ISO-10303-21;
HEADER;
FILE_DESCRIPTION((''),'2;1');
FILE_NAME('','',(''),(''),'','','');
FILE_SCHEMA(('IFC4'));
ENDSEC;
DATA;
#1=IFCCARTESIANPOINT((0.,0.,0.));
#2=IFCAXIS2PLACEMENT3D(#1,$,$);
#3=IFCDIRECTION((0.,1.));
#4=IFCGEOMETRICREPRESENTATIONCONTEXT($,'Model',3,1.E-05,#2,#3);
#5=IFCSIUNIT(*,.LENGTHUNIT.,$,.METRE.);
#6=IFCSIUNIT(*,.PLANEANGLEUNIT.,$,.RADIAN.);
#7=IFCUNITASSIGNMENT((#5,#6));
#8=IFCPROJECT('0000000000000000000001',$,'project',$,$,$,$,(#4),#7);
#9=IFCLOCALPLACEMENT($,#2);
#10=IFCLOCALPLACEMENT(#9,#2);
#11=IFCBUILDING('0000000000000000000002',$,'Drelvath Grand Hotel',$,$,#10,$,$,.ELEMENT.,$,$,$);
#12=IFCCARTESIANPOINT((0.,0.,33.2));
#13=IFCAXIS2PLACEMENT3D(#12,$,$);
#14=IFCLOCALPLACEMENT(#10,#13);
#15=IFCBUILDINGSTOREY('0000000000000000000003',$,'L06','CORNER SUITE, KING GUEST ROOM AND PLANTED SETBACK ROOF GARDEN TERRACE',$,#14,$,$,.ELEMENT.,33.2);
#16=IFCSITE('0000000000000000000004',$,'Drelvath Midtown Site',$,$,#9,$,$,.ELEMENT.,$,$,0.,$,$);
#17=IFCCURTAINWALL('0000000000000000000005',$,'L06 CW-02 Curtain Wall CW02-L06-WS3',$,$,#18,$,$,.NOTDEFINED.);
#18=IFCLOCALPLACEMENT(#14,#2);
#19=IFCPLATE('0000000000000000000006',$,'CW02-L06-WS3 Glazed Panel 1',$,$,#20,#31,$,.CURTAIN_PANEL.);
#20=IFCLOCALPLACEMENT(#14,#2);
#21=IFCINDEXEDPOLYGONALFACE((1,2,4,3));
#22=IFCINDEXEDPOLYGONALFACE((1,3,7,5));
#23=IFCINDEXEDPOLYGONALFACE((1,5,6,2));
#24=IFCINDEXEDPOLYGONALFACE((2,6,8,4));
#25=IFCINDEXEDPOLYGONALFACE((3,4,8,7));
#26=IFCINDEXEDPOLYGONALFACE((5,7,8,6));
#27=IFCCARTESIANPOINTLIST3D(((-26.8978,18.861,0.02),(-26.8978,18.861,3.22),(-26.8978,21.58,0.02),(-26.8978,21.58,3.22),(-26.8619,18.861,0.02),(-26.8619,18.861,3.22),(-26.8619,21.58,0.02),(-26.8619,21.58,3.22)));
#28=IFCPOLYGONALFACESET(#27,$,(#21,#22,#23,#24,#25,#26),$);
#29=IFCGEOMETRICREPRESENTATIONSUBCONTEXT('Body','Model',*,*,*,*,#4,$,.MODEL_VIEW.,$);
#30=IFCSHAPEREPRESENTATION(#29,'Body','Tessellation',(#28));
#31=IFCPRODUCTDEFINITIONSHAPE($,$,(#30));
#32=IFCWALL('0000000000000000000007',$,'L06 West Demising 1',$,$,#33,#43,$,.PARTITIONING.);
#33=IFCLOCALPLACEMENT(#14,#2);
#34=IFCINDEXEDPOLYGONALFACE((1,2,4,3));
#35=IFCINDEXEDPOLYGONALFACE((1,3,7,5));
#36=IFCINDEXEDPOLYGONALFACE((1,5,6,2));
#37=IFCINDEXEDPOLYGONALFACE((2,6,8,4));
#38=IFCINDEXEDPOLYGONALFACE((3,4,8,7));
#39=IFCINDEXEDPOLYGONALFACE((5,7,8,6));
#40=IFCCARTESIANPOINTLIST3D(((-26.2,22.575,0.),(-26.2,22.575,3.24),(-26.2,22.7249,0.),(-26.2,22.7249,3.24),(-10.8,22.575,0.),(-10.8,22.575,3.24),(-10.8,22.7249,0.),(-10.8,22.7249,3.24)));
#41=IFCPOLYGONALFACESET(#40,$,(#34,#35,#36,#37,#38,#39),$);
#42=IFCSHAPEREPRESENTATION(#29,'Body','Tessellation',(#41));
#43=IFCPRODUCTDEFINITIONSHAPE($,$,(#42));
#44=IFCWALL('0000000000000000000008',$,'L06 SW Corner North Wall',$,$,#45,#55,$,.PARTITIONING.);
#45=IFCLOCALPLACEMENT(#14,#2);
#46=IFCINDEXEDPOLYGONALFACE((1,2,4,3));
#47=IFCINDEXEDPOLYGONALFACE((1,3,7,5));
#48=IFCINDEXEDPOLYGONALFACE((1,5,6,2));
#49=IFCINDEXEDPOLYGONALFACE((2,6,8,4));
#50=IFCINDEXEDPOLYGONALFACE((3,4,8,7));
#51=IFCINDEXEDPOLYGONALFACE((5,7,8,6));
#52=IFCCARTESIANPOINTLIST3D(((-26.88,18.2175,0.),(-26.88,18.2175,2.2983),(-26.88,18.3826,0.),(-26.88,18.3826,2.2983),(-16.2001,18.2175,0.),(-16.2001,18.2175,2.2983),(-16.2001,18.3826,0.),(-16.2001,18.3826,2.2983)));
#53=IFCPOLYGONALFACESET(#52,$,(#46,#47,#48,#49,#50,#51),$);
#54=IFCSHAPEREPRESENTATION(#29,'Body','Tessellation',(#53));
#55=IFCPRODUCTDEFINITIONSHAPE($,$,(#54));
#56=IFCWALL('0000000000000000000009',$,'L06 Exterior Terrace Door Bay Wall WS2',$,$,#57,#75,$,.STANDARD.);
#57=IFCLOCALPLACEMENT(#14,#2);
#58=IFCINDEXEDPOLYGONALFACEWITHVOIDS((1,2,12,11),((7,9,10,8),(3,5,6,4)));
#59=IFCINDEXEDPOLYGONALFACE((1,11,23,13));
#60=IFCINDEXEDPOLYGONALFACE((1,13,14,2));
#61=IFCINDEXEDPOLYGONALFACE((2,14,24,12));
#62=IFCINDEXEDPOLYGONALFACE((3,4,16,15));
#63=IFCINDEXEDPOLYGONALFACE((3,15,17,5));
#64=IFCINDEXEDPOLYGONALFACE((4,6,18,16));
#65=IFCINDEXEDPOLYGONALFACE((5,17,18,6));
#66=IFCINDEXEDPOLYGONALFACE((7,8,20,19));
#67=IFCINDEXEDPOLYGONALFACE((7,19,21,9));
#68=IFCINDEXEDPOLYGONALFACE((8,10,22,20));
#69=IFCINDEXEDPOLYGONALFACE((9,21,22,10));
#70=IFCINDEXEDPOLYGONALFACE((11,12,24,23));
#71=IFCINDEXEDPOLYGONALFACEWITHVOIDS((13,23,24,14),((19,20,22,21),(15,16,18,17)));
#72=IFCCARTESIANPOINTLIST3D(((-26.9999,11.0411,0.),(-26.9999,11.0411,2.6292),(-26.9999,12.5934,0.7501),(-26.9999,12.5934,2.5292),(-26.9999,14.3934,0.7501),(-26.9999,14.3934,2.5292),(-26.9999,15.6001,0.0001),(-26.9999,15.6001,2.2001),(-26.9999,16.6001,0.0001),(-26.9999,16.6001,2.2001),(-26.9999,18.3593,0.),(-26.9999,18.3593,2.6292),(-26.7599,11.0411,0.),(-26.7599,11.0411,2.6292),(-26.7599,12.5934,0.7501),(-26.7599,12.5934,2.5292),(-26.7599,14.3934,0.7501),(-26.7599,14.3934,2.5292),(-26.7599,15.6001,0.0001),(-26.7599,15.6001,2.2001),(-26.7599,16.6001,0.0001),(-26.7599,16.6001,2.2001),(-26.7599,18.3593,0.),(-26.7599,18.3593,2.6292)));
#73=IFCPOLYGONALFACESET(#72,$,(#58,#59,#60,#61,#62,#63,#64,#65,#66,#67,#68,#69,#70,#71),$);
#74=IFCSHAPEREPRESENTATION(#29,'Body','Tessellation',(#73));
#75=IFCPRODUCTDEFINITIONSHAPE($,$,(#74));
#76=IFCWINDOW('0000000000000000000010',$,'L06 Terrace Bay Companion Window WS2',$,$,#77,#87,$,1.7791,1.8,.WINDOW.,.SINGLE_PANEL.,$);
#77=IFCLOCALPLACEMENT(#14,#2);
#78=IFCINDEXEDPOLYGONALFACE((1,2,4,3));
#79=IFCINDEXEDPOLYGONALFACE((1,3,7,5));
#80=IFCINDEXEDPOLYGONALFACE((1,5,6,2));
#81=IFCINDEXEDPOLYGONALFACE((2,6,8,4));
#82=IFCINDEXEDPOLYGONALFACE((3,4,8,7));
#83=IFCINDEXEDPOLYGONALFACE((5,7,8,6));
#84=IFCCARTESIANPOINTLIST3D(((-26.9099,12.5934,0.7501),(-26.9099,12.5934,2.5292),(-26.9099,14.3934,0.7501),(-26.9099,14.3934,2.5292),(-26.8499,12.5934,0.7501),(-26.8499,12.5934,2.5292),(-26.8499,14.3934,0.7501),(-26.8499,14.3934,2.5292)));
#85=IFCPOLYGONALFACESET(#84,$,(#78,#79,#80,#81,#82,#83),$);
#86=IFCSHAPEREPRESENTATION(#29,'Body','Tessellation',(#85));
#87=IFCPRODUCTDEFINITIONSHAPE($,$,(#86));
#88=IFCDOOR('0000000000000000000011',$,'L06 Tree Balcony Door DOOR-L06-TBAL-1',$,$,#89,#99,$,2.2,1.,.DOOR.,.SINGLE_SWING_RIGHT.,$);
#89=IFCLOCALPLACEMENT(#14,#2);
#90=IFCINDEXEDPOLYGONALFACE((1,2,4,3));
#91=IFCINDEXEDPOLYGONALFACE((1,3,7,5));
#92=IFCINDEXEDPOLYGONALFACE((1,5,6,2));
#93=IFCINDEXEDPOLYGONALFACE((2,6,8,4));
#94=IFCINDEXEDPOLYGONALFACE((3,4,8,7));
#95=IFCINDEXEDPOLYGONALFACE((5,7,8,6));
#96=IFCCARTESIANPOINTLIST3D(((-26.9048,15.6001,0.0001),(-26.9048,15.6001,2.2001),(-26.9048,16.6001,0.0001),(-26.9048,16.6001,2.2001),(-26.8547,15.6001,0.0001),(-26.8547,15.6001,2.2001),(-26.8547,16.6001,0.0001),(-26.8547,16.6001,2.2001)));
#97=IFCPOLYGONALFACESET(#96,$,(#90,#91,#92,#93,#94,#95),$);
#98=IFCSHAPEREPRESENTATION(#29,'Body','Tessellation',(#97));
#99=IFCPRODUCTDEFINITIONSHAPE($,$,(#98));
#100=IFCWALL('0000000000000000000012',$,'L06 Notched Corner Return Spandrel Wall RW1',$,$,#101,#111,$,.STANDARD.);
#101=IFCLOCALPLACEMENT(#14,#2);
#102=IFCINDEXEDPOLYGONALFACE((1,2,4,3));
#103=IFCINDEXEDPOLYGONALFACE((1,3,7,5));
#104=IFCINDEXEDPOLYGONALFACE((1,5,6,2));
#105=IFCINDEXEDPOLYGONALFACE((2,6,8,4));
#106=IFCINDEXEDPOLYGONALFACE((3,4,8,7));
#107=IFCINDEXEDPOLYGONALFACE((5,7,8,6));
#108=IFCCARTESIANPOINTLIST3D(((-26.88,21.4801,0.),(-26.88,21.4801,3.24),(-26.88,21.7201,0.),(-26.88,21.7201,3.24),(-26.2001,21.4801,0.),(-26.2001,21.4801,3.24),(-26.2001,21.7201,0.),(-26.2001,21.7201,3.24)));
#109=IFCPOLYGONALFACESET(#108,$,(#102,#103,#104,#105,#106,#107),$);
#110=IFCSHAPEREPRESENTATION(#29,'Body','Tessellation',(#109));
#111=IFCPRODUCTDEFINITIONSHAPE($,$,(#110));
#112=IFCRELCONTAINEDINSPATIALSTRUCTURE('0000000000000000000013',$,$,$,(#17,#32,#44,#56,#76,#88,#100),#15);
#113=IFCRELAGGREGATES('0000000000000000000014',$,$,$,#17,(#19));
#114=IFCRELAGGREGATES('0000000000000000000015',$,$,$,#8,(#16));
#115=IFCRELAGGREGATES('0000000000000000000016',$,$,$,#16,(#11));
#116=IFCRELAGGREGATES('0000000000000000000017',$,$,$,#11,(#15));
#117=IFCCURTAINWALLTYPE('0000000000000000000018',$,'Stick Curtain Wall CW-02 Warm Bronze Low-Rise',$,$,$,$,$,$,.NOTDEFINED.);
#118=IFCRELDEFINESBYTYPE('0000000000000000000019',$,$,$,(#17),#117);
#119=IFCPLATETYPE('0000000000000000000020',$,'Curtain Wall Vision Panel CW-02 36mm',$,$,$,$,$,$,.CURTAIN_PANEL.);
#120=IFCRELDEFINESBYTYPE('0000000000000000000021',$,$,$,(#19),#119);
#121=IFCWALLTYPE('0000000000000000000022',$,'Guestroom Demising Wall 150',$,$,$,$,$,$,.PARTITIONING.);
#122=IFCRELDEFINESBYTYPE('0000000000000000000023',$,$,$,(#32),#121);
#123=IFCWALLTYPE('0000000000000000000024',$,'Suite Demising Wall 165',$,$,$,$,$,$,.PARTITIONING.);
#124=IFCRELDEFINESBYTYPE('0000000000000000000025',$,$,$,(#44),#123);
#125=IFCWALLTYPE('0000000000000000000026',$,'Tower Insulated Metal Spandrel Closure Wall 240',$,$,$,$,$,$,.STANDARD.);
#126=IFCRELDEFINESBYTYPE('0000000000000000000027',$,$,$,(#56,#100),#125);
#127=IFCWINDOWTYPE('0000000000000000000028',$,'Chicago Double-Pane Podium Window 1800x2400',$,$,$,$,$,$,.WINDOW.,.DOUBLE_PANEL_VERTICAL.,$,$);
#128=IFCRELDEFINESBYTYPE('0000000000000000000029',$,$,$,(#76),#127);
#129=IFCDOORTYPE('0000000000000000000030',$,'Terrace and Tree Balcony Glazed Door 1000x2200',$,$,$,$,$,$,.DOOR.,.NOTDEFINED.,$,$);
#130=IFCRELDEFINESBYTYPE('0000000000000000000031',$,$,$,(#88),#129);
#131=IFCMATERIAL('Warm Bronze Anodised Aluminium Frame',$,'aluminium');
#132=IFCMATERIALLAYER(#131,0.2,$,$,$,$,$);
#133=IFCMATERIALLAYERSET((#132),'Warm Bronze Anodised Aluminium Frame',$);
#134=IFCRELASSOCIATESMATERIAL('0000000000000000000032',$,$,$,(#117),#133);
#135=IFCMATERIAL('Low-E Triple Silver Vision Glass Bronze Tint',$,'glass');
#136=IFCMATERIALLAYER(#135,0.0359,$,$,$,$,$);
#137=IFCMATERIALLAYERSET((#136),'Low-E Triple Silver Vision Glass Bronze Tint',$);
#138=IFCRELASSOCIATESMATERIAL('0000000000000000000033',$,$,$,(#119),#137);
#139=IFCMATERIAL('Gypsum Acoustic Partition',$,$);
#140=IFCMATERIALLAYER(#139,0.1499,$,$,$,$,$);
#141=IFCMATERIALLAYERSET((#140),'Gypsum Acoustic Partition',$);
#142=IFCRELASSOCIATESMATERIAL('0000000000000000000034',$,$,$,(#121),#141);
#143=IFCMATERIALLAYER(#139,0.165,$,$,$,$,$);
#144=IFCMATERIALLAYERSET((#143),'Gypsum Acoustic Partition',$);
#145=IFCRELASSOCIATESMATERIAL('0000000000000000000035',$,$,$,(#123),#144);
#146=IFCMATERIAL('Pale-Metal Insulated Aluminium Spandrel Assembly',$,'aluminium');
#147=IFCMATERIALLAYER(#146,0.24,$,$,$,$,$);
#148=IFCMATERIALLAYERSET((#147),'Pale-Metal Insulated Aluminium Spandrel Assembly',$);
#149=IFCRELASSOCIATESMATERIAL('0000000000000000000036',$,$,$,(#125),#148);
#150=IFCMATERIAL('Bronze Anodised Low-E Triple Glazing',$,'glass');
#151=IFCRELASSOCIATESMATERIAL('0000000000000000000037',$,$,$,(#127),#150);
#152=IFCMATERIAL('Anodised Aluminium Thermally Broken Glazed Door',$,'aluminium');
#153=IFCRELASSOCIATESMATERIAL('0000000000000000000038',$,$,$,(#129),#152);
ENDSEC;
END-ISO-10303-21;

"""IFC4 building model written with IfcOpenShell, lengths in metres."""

from ifc_helpers import new_model, si_unit, direction, frame, frame_2d, origin, origin_2d, place, context, subcontext, project, spatial, rectangle, extrude, material, layer, layer_set, type_object, element, fill, aggregate, save


model = new_model("IFC4")

# Units and contexts
model_context = context("Model", 3, precision=1e-05, world=origin(), true_north=direction((0.0, 1.0)))
body_context = subcontext(model_context, "Body", "Model", "MODEL_VIEW")
ifc_project = project(units=[si_unit("LENGTHUNIT", "METRE"), si_unit("PLANEANGLEUNIT", "RADIAN")], contexts=[model_context])

# Site, building, storey
site_placement = place(None, origin())
site = spatial("IfcSite", under=ifc_project, at=site_placement, Name="Drelvath Midtown Site", CompositionType="ELEMENT", RefElevation=0.0)
building_placement = place(site_placement, origin())
building = spatial("IfcBuilding", under=site, at=building_placement, Name="Drelvath Grand Hotel", CompositionType="ELEMENT")
storey_placement = place(building_placement, frame((0.0, 0.0, 33.2)))
storey = spatial("IfcBuildingStorey", under=building, at=storey_placement, Name="L06", Description="CORNER SUITE, KING GUEST ROOM AND PLANTED SETBACK ROOF GARDEN TERRACE", CompositionType="ELEMENT", Elevation=33.2)

# Curtain wall
ifc_material_1 = material(Name="Warm Bronze Anodised Aluminium Frame", Category="aluminium")
ifc_layer_1 = layer(ifc_material_1, 0.2)
ifc_layer_set_1 = layer_set([ifc_layer_1], Name="Warm Bronze Anodised Aluminium Frame")
curtain_wall_type = type_object("IfcCurtainWallType", Name="Stick Curtain Wall CW-02 Warm Bronze Low-Rise", PredefinedType="NOTDEFINED", material=ifc_layer_set_1)
curtain_wall_1_placement = place(storey_placement, origin())
curtain_wall_1 = element("IfcCurtainWall", 1, at=curtain_wall_1_placement, inside=storey, type_object=curtain_wall_type, Name="L06 CW-02 Curtain Wall CW02-L06-WS3", PredefinedType="NOTDEFINED")

# Plate
ifc_material_2 = material(Name="Low-E Triple Silver Vision Glass Bronze Tint", Category="glass")
ifc_layer_2 = layer(ifc_material_2, 0.0359)
ifc_layer_set_2 = layer_set([ifc_layer_2], Name="Low-E Triple Silver Vision Glass Bronze Tint")
plate_type = type_object("IfcPlateType", Name="Curtain Wall Vision Panel CW-02 36mm", PredefinedType="CURTAIN_PANEL", material=ifc_layer_set_2)
plate_placement = place(storey_placement, frame((-26.8799, 20.2205, 0.02), z_axis=(0.0, 0.0, 1.0), x_axis=(0.0, 1.0, 0.0)))
plate = element("IfcPlate", 2, at=plate_placement, type_object=plate_type, Name="CW02-L06-WS3 Glazed Panel 1", PredefinedType="CURTAIN_PANEL", context=body_context, shape_type="SweptSolid", body=[
    extrude(rectangle(XDim=2.719, YDim=0.0359, at=origin_2d()), origin(), (0.0, 0.0, 1.0), 3.2),
])
aggregate(curtain_wall_1, [plate])

# Walls
ifc_material_3 = material(Name="Gypsum Acoustic Partition")
ifc_layer_3 = layer(ifc_material_3, 0.1499)
ifc_layer_set_3 = layer_set([ifc_layer_3], Name="Gypsum Acoustic Partition")
wall_type_1 = type_object("IfcWallType", Name="Guestroom Demising Wall 150", PredefinedType="PARTITIONING", material=ifc_layer_set_3)
wall_1_placement = place(storey_placement, frame((-26.2, 22.6499, 0.0), z_axis=(0.0, 0.0, 1.0), x_axis=(1.0, 0.0, 0.0)))
element("IfcWall", 3, at=wall_1_placement, inside=storey, type_object=wall_type_1, Name="L06 West Demising 1", PredefinedType="PARTITIONING", context=body_context, shape_type="SweptSolid", body=[
    extrude(rectangle(XDim=15.3999, YDim=0.1499, at=frame_2d((7.7, 0.0))), origin(), (0.0, 0.0, 1.0), 3.24),
])
ifc_layer_4 = layer(ifc_material_3, 0.165)
ifc_layer_set_4 = layer_set([ifc_layer_4], Name="Gypsum Acoustic Partition")
wall_type_2 = type_object("IfcWallType", Name="Suite Demising Wall 165", PredefinedType="PARTITIONING", material=ifc_layer_set_4)
wall_2_placement = place(storey_placement, frame((-26.8799, 18.3, 0.0), z_axis=(0.0, 0.0, 1.0), x_axis=(1.0, 0.0, 0.0)))
element("IfcWall", 4, at=wall_2_placement, inside=storey, type_object=wall_type_2, Name="L06 SW Corner North Wall", PredefinedType="PARTITIONING", context=body_context, shape_type="SweptSolid", body=[
    extrude(rectangle(XDim=10.6799, YDim=0.165, at=frame_2d((5.3398, 0.0))), origin(), (0.0, 0.0, 1.0), 2.2983),
])

# Wall, openings, window, door
ifc_material_4 = material(Name="Pale-Metal Insulated Aluminium Spandrel Assembly", Category="aluminium")
ifc_layer_5 = layer(ifc_material_4, 0.24)
ifc_layer_set_5 = layer_set([ifc_layer_5], Name="Pale-Metal Insulated Aluminium Spandrel Assembly")
wall_type_3 = type_object("IfcWallType", Name="Tower Insulated Metal Spandrel Closure Wall 240", PredefinedType="STANDARD", material=ifc_layer_set_5)
wall_3_placement = place(storey_placement, frame((-26.8799, 11.041, 0.0), z_axis=(0.0, 0.0, 1.0), x_axis=(0.0, 1.0, 0.0)))
wall_3 = element("IfcWall", 5, at=wall_3_placement, inside=storey, type_object=wall_type_3, Name="L06 Exterior Terrace Door Bay Wall WS2", PredefinedType="STANDARD", context=body_context, shape_type="SweptSolid", body=[
    extrude(rectangle(XDim=7.3181, YDim=0.24, at=frame_2d((3.6592, 0.0))), origin(), (0.0, 0.0, 1.0), 2.6292),
])
opening_1_placement = place(wall_3_placement, frame((4.5591, 0.0, 0.0)))
opening_1 = element("IfcOpeningElement", 6, at=opening_1_placement, cuts=wall_3, PredefinedType="OPENING", context=body_context, shape_type="SweptSolid", body=[
    extrude(rectangle(XDim=1.0, YDim=2.2, at=frame_2d((0.5, 1.1001))), frame((0.0, 0.1299, 0.0), z_axis=(0.0, -1.0, 0.0), x_axis=(1.0, 0.0, 0.0)), (0.0, 0.0, 1.0), 0.26),
])
opening_2_placement = place(wall_3_placement, frame((1.5525, 0.0, 0.75)))
opening_2 = element("IfcOpeningElement", 7, at=opening_2_placement, cuts=wall_3, PredefinedType="OPENING", context=body_context, shape_type="SweptSolid", body=[
    extrude(rectangle(XDim=1.8, YDim=1.7791, at=frame_2d((0.8999, 0.8896))), frame((0.0, 0.1299, 0.0), z_axis=(0.0, -1.0, 0.0), x_axis=(1.0, 0.0, 0.0)), (0.0, 0.0, 1.0), 0.26),
])
ifc_material_5 = material(Name="Bronze Anodised Low-E Triple Glazing", Category="glass")
window_type = type_object("IfcWindowType", Name="Chicago Double-Pane Podium Window 1800x2400", PartitioningType="DOUBLE_PANEL_VERTICAL", PredefinedType="WINDOW", material=ifc_material_5)
window_placement = place(opening_2_placement, origin())
window = element("IfcWindow", 8, at=window_placement, inside=storey, type_object=window_type, Name="L06 Terrace Bay Companion Window WS2", OverallHeight=1.7791, OverallWidth=1.8, PartitioningType="SINGLE_PANEL", PredefinedType="WINDOW", context=body_context, shape_type="SweptSolid", body=[
    extrude(rectangle(XDim=1.8, YDim=1.7791, at=frame_2d((0.8999, 0.8896))), frame((0.0, 0.03, 0.0), z_axis=(0.0, -1.0, 0.0), x_axis=(1.0, 0.0, 0.0)), (0.0, 0.0, 1.0), 0.0601),
])
fill(opening_2, window)
ifc_material_6 = material(Name="Anodised Aluminium Thermally Broken Glazed Door", Category="aluminium")
door_type = type_object("IfcDoorType", Name="Terrace and Tree Balcony Glazed Door 1000x2200", OperationType="NOTDEFINED", PredefinedType="DOOR", material=ifc_material_6)
door_placement = place(opening_1_placement, origin())
door = element("IfcDoor", 9, at=door_placement, inside=storey, type_object=door_type, Name="L06 Tree Balcony Door DOOR-L06-TBAL-1", OperationType="SINGLE_SWING_RIGHT", OverallHeight=2.2, OverallWidth=1.0, PredefinedType="DOOR", context=body_context, shape_type="SweptSolid", body=[
    extrude(rectangle(XDim=1.0, YDim=2.2, at=frame_2d((0.5, 1.1001))), frame((0.0, 0.0249, 0.0), z_axis=(0.0, -1.0, 0.0), x_axis=(1.0, 0.0, 0.0)), (0.0, 0.0, 1.0), 0.05),
])
fill(opening_1, door)

# Wall
wall_4_placement = place(storey_placement, frame((-26.8799, 21.6001, 0.0), z_axis=(0.0, 0.0, 1.0), x_axis=(1.0, 0.0, 0.0)))
element("IfcWall", 10, at=wall_4_placement, inside=storey, type_object=wall_type_3, Name="L06 Notched Corner Return Spandrel Wall RW1", PredefinedType="STANDARD", context=body_context, shape_type="SweptSolid", body=[
    extrude(rectangle(XDim=0.6799, YDim=0.24, at=frame_2d((0.3398, 0.0))), origin(), (0.0, 0.0, 1.0), 3.24),
])

save(model, "model.ifc")
